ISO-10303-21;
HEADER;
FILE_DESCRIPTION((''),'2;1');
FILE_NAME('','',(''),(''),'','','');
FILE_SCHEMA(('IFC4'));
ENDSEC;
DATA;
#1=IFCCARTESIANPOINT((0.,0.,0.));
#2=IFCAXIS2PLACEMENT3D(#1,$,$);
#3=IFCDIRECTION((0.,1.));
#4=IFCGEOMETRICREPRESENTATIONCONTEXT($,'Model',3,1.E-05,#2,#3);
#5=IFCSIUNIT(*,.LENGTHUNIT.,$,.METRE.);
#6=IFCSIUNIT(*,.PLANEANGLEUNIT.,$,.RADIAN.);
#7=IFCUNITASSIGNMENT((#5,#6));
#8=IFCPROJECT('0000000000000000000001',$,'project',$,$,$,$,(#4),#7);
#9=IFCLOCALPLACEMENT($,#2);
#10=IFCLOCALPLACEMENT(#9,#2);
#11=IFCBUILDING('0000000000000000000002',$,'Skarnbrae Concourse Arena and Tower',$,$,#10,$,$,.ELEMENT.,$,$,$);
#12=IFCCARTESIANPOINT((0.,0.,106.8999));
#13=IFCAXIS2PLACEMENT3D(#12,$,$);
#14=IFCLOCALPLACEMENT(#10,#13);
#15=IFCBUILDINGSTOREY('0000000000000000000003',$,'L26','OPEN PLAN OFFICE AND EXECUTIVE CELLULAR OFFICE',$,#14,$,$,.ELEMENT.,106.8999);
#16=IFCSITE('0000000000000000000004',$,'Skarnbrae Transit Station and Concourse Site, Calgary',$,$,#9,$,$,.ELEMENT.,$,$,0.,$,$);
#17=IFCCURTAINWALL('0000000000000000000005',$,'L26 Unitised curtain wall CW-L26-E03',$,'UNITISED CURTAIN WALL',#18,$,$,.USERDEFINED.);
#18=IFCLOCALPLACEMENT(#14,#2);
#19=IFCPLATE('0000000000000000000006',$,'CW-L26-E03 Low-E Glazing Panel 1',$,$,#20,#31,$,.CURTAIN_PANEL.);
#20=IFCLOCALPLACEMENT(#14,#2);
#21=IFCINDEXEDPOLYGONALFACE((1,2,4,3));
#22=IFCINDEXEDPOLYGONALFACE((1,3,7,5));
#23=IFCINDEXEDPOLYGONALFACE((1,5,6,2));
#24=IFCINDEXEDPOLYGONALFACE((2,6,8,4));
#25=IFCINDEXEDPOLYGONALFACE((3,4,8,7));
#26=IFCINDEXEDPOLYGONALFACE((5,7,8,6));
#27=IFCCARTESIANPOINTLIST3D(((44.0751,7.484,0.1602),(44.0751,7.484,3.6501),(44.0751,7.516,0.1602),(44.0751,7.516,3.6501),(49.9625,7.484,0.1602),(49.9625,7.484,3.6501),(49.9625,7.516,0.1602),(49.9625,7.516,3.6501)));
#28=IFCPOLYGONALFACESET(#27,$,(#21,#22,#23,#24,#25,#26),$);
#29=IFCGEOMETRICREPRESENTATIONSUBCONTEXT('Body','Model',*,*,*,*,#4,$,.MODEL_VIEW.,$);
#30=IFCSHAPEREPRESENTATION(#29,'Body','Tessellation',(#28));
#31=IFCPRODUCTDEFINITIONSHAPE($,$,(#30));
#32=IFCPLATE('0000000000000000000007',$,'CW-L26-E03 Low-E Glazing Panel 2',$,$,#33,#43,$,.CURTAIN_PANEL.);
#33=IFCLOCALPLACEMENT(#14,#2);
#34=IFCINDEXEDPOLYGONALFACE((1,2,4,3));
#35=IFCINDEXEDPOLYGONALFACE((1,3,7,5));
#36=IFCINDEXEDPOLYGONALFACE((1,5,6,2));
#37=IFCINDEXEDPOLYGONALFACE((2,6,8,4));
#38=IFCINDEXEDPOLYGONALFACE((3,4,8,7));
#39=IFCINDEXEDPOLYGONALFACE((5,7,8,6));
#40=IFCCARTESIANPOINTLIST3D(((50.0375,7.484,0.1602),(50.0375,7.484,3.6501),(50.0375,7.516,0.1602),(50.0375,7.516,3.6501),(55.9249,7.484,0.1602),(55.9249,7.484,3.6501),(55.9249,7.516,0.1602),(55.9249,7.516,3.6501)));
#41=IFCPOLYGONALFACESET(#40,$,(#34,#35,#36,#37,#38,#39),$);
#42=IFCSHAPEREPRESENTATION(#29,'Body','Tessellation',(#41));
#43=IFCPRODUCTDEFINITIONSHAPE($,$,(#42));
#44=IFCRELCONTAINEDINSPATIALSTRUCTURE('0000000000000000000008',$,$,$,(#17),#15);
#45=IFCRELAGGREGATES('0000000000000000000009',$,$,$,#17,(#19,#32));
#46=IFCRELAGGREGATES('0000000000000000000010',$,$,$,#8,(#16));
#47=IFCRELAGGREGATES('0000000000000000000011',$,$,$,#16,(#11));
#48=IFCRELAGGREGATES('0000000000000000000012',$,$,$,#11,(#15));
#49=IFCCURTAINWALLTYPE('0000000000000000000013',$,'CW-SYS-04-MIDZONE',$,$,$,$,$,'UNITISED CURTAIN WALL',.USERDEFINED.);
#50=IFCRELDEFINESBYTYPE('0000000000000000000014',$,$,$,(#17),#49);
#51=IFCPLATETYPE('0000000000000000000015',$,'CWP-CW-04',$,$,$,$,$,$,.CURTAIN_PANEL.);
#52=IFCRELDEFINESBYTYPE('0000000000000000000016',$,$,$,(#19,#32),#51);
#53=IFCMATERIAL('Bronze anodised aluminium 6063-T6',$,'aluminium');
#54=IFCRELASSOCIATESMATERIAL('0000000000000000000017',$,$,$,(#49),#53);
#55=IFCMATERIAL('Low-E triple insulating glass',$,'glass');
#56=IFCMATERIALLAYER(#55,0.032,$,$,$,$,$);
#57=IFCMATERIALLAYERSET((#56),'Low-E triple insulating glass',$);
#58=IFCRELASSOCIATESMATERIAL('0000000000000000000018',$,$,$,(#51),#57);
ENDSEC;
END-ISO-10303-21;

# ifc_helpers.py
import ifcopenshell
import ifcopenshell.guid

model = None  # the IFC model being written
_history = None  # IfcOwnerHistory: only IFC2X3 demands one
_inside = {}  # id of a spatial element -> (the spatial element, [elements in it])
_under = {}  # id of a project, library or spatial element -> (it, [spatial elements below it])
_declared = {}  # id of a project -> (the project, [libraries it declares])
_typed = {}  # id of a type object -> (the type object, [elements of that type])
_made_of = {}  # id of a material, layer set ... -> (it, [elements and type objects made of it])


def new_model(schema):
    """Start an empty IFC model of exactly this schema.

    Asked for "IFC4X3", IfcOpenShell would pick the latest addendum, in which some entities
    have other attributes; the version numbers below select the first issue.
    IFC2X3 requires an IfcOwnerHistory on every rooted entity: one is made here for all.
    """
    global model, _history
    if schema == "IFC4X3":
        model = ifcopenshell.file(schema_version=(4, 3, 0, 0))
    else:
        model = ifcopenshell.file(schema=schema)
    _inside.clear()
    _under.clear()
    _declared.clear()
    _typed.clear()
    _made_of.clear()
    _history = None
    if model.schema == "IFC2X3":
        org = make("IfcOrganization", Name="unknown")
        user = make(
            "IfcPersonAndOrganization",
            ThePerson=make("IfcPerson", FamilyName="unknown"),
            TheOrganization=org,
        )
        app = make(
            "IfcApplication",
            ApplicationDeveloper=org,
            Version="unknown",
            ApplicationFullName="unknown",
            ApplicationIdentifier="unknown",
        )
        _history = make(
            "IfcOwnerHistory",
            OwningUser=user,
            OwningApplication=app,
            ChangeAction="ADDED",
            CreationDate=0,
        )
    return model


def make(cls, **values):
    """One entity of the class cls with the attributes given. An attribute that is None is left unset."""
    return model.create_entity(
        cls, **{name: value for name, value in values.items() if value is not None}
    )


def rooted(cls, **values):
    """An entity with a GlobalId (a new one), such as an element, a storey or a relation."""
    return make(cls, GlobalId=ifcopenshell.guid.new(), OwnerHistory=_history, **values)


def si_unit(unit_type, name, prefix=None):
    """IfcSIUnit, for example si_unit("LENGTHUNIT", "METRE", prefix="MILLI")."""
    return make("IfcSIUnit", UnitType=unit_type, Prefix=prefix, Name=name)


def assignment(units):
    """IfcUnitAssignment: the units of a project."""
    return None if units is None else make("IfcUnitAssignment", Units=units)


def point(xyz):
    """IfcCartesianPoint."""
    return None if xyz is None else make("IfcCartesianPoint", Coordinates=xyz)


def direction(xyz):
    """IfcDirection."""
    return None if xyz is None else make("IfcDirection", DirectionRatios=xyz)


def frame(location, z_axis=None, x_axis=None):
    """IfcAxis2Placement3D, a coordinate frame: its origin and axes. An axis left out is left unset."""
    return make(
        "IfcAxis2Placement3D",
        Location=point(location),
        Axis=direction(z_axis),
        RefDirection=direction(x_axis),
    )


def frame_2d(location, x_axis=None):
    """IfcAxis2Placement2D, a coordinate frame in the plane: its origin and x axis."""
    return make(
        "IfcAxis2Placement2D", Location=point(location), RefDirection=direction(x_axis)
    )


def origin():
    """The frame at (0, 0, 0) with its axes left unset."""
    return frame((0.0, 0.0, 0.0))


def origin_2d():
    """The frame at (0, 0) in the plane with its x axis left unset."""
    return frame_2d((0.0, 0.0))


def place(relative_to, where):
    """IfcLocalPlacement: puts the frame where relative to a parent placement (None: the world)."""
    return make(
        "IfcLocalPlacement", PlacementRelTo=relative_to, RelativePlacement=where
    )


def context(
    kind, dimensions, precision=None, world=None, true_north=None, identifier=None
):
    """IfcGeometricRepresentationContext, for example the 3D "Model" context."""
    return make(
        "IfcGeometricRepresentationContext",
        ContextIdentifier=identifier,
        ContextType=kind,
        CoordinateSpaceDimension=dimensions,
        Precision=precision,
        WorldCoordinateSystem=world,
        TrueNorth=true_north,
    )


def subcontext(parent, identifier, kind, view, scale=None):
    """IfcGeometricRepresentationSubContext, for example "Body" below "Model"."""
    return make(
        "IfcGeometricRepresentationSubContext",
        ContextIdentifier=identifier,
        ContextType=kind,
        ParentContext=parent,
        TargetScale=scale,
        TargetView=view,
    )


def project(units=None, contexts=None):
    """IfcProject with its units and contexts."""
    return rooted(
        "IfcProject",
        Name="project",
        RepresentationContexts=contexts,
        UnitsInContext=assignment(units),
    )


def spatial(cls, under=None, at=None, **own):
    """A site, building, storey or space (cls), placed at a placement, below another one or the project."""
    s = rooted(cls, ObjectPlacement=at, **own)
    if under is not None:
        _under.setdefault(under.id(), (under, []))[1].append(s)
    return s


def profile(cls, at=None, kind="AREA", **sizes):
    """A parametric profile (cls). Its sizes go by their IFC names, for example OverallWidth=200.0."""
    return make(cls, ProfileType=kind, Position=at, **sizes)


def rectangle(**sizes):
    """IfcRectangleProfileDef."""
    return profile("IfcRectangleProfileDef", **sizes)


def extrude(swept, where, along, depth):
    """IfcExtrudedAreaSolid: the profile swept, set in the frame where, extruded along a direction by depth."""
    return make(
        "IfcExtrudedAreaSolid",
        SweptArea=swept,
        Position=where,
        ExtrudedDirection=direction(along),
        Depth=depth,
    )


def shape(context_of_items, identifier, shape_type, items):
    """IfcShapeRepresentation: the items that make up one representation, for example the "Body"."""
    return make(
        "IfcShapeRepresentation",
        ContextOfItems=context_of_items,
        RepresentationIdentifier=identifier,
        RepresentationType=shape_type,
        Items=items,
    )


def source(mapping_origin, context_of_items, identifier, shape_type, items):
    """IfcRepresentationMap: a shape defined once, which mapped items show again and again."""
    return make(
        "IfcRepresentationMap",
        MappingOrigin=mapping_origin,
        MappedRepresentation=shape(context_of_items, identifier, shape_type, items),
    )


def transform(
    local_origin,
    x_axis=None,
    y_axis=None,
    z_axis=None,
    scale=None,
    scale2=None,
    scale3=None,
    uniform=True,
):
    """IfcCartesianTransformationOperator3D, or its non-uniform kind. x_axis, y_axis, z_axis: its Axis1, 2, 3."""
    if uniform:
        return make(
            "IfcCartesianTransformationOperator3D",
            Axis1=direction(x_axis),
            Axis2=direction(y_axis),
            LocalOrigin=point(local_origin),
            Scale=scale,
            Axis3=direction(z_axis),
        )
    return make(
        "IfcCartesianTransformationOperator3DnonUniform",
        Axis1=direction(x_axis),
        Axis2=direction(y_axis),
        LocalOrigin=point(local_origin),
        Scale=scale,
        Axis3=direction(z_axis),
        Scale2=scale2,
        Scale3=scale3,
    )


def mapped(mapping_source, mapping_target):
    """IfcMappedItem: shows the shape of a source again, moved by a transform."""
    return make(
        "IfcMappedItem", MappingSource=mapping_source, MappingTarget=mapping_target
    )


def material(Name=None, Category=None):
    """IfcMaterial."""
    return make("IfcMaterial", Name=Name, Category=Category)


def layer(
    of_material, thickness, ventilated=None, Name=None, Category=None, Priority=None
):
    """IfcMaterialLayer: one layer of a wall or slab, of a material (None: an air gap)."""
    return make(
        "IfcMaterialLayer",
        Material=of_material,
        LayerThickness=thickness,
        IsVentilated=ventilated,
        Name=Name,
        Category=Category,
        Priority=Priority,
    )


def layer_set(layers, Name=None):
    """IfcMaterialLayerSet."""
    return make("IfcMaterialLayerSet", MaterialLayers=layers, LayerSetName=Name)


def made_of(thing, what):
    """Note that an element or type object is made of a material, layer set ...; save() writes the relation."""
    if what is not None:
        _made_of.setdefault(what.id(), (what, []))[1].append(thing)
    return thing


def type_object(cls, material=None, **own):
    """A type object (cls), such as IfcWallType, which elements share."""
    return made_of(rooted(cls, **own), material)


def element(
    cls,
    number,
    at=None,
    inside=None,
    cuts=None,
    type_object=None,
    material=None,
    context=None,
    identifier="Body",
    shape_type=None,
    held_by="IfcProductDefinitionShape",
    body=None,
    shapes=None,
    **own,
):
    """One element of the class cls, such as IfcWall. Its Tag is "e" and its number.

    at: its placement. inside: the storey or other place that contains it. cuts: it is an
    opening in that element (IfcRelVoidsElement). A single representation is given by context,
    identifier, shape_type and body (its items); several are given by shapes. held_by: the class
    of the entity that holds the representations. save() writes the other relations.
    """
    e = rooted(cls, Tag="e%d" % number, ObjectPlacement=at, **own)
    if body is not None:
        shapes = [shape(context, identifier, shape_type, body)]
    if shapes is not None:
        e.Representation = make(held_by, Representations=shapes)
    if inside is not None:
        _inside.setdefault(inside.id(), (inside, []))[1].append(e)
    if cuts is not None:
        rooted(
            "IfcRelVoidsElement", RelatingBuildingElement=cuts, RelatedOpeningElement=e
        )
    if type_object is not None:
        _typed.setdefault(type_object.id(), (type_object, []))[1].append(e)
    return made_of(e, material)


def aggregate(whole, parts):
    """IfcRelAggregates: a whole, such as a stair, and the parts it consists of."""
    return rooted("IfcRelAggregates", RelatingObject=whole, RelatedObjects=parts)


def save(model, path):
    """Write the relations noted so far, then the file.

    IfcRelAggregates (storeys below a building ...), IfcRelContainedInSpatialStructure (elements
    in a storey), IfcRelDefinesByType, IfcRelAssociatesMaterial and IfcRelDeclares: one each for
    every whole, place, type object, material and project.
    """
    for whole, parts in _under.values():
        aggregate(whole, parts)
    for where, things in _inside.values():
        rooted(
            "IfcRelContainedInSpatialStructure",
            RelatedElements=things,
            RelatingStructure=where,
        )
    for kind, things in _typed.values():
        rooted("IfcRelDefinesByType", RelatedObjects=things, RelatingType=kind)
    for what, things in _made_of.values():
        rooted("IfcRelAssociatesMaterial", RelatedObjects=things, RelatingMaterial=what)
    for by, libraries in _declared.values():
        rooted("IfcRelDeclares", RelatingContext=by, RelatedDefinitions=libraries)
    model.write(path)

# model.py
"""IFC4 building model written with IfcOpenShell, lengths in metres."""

from ifc_helpers import new_model, si_unit, direction, frame, origin, origin_2d, place, context, subcontext, project, spatial, rectangle, extrude, source, transform, mapped, material, layer, layer_set, type_object, element, aggregate, save


model = new_model("IFC4")

# Units and contexts
model_context = context("Model", 3, precision=1e-05, world=origin(), true_north=direction((0.0, 1.0)))
body_context = subcontext(model_context, "Body", "Model", "MODEL_VIEW")
ifc_project = project(units=[si_unit("LENGTHUNIT", "METRE"), si_unit("PLANEANGLEUNIT", "RADIAN")], contexts=[model_context])

# Site, building, storey
site_placement = place(None, origin())
site = spatial("IfcSite", under=ifc_project, at=site_placement, Name="Skarnbrae Transit Station and Concourse Site, Calgary", CompositionType="ELEMENT", RefElevation=0.0)
building_placement = place(site_placement, origin())
building = spatial("IfcBuilding", under=site, at=building_placement, Name="Skarnbrae Concourse Arena and Tower", CompositionType="ELEMENT")
storey_placement = place(building_placement, frame((0.0, 0.0, 106.8999)))
storey = spatial("IfcBuildingStorey", under=building, at=storey_placement, Name="L26", Description="OPEN PLAN OFFICE AND EXECUTIVE CELLULAR OFFICE", CompositionType="ELEMENT", Elevation=106.8999)

# Shared definitions
ifc_material_1 = material(Name="Bronze anodised aluminium 6063-T6", Category="aluminium")
curtain_wall_type = type_object("IfcCurtainWallType", Name="CW-SYS-04-MIDZONE", ElementType="UNITISED CURTAIN WALL", PredefinedType="USERDEFINED", material=ifc_material_1)

# Curtain wall
curtain_wall_1_placement = place(storey_placement, origin())
curtain_wall_1 = element("IfcCurtainWall", 1, at=curtain_wall_1_placement, inside=storey, type_object=curtain_wall_type, Name="L26 Unitised curtain wall CW-L26-E03", ObjectType="UNITISED CURTAIN WALL", PredefinedType="USERDEFINED")

# Plates
ifc_material_2 = material(Name="Low-E triple insulating glass", Category="glass")
ifc_layer = layer(ifc_material_2, 0.032)
ifc_layer_set = layer_set([ifc_layer], Name="Low-E triple insulating glass")
plate_type = type_object("IfcPlateType", Name="CWP-CW-04", PredefinedType="CURTAIN_PANEL", material=ifc_layer_set)
shared_shape_1 = source(origin(), body_context, "Body", "SweptSolid", [
    extrude(rectangle(XDim=5.8875, YDim=0.032, at=origin_2d()), origin(), (0.0, 0.0, 1.0), 3.49),
])
plate_1_placement = place(storey_placement, frame((47.0188, 7.5, 0.1602), z_axis=(0.0, 0.0, 1.0), x_axis=(1.0, 0.0, 0.0)))
plate_1 = element("IfcPlate", 2, at=plate_1_placement, type_object=plate_type, Name="CW-L26-E03 Low-E Glazing Panel 1", PredefinedType="CURTAIN_PANEL", context=body_context, shape_type="MappedRepresentation", body=[
    mapped(shared_shape_1, transform((0.0, 0.0, 0.0))),
])
plate_2_placement = place(storey_placement, frame((52.9812, 7.5, 0.1602), z_axis=(0.0, 0.0, 1.0), x_axis=(1.0, 0.0, 0.0)))
plate_2 = element("IfcPlate", 3, at=plate_2_placement, type_object=plate_type, Name="CW-L26-E03 Low-E Glazing Panel 2", PredefinedType="CURTAIN_PANEL", context=body_context, shape_type="MappedRepresentation", body=[
    mapped(shared_shape_1, transform((0.0, 0.0, 0.0))),
])
aggregate(curtain_wall_1, [plate_1, plate_2])

save(model, "model.ifc")
